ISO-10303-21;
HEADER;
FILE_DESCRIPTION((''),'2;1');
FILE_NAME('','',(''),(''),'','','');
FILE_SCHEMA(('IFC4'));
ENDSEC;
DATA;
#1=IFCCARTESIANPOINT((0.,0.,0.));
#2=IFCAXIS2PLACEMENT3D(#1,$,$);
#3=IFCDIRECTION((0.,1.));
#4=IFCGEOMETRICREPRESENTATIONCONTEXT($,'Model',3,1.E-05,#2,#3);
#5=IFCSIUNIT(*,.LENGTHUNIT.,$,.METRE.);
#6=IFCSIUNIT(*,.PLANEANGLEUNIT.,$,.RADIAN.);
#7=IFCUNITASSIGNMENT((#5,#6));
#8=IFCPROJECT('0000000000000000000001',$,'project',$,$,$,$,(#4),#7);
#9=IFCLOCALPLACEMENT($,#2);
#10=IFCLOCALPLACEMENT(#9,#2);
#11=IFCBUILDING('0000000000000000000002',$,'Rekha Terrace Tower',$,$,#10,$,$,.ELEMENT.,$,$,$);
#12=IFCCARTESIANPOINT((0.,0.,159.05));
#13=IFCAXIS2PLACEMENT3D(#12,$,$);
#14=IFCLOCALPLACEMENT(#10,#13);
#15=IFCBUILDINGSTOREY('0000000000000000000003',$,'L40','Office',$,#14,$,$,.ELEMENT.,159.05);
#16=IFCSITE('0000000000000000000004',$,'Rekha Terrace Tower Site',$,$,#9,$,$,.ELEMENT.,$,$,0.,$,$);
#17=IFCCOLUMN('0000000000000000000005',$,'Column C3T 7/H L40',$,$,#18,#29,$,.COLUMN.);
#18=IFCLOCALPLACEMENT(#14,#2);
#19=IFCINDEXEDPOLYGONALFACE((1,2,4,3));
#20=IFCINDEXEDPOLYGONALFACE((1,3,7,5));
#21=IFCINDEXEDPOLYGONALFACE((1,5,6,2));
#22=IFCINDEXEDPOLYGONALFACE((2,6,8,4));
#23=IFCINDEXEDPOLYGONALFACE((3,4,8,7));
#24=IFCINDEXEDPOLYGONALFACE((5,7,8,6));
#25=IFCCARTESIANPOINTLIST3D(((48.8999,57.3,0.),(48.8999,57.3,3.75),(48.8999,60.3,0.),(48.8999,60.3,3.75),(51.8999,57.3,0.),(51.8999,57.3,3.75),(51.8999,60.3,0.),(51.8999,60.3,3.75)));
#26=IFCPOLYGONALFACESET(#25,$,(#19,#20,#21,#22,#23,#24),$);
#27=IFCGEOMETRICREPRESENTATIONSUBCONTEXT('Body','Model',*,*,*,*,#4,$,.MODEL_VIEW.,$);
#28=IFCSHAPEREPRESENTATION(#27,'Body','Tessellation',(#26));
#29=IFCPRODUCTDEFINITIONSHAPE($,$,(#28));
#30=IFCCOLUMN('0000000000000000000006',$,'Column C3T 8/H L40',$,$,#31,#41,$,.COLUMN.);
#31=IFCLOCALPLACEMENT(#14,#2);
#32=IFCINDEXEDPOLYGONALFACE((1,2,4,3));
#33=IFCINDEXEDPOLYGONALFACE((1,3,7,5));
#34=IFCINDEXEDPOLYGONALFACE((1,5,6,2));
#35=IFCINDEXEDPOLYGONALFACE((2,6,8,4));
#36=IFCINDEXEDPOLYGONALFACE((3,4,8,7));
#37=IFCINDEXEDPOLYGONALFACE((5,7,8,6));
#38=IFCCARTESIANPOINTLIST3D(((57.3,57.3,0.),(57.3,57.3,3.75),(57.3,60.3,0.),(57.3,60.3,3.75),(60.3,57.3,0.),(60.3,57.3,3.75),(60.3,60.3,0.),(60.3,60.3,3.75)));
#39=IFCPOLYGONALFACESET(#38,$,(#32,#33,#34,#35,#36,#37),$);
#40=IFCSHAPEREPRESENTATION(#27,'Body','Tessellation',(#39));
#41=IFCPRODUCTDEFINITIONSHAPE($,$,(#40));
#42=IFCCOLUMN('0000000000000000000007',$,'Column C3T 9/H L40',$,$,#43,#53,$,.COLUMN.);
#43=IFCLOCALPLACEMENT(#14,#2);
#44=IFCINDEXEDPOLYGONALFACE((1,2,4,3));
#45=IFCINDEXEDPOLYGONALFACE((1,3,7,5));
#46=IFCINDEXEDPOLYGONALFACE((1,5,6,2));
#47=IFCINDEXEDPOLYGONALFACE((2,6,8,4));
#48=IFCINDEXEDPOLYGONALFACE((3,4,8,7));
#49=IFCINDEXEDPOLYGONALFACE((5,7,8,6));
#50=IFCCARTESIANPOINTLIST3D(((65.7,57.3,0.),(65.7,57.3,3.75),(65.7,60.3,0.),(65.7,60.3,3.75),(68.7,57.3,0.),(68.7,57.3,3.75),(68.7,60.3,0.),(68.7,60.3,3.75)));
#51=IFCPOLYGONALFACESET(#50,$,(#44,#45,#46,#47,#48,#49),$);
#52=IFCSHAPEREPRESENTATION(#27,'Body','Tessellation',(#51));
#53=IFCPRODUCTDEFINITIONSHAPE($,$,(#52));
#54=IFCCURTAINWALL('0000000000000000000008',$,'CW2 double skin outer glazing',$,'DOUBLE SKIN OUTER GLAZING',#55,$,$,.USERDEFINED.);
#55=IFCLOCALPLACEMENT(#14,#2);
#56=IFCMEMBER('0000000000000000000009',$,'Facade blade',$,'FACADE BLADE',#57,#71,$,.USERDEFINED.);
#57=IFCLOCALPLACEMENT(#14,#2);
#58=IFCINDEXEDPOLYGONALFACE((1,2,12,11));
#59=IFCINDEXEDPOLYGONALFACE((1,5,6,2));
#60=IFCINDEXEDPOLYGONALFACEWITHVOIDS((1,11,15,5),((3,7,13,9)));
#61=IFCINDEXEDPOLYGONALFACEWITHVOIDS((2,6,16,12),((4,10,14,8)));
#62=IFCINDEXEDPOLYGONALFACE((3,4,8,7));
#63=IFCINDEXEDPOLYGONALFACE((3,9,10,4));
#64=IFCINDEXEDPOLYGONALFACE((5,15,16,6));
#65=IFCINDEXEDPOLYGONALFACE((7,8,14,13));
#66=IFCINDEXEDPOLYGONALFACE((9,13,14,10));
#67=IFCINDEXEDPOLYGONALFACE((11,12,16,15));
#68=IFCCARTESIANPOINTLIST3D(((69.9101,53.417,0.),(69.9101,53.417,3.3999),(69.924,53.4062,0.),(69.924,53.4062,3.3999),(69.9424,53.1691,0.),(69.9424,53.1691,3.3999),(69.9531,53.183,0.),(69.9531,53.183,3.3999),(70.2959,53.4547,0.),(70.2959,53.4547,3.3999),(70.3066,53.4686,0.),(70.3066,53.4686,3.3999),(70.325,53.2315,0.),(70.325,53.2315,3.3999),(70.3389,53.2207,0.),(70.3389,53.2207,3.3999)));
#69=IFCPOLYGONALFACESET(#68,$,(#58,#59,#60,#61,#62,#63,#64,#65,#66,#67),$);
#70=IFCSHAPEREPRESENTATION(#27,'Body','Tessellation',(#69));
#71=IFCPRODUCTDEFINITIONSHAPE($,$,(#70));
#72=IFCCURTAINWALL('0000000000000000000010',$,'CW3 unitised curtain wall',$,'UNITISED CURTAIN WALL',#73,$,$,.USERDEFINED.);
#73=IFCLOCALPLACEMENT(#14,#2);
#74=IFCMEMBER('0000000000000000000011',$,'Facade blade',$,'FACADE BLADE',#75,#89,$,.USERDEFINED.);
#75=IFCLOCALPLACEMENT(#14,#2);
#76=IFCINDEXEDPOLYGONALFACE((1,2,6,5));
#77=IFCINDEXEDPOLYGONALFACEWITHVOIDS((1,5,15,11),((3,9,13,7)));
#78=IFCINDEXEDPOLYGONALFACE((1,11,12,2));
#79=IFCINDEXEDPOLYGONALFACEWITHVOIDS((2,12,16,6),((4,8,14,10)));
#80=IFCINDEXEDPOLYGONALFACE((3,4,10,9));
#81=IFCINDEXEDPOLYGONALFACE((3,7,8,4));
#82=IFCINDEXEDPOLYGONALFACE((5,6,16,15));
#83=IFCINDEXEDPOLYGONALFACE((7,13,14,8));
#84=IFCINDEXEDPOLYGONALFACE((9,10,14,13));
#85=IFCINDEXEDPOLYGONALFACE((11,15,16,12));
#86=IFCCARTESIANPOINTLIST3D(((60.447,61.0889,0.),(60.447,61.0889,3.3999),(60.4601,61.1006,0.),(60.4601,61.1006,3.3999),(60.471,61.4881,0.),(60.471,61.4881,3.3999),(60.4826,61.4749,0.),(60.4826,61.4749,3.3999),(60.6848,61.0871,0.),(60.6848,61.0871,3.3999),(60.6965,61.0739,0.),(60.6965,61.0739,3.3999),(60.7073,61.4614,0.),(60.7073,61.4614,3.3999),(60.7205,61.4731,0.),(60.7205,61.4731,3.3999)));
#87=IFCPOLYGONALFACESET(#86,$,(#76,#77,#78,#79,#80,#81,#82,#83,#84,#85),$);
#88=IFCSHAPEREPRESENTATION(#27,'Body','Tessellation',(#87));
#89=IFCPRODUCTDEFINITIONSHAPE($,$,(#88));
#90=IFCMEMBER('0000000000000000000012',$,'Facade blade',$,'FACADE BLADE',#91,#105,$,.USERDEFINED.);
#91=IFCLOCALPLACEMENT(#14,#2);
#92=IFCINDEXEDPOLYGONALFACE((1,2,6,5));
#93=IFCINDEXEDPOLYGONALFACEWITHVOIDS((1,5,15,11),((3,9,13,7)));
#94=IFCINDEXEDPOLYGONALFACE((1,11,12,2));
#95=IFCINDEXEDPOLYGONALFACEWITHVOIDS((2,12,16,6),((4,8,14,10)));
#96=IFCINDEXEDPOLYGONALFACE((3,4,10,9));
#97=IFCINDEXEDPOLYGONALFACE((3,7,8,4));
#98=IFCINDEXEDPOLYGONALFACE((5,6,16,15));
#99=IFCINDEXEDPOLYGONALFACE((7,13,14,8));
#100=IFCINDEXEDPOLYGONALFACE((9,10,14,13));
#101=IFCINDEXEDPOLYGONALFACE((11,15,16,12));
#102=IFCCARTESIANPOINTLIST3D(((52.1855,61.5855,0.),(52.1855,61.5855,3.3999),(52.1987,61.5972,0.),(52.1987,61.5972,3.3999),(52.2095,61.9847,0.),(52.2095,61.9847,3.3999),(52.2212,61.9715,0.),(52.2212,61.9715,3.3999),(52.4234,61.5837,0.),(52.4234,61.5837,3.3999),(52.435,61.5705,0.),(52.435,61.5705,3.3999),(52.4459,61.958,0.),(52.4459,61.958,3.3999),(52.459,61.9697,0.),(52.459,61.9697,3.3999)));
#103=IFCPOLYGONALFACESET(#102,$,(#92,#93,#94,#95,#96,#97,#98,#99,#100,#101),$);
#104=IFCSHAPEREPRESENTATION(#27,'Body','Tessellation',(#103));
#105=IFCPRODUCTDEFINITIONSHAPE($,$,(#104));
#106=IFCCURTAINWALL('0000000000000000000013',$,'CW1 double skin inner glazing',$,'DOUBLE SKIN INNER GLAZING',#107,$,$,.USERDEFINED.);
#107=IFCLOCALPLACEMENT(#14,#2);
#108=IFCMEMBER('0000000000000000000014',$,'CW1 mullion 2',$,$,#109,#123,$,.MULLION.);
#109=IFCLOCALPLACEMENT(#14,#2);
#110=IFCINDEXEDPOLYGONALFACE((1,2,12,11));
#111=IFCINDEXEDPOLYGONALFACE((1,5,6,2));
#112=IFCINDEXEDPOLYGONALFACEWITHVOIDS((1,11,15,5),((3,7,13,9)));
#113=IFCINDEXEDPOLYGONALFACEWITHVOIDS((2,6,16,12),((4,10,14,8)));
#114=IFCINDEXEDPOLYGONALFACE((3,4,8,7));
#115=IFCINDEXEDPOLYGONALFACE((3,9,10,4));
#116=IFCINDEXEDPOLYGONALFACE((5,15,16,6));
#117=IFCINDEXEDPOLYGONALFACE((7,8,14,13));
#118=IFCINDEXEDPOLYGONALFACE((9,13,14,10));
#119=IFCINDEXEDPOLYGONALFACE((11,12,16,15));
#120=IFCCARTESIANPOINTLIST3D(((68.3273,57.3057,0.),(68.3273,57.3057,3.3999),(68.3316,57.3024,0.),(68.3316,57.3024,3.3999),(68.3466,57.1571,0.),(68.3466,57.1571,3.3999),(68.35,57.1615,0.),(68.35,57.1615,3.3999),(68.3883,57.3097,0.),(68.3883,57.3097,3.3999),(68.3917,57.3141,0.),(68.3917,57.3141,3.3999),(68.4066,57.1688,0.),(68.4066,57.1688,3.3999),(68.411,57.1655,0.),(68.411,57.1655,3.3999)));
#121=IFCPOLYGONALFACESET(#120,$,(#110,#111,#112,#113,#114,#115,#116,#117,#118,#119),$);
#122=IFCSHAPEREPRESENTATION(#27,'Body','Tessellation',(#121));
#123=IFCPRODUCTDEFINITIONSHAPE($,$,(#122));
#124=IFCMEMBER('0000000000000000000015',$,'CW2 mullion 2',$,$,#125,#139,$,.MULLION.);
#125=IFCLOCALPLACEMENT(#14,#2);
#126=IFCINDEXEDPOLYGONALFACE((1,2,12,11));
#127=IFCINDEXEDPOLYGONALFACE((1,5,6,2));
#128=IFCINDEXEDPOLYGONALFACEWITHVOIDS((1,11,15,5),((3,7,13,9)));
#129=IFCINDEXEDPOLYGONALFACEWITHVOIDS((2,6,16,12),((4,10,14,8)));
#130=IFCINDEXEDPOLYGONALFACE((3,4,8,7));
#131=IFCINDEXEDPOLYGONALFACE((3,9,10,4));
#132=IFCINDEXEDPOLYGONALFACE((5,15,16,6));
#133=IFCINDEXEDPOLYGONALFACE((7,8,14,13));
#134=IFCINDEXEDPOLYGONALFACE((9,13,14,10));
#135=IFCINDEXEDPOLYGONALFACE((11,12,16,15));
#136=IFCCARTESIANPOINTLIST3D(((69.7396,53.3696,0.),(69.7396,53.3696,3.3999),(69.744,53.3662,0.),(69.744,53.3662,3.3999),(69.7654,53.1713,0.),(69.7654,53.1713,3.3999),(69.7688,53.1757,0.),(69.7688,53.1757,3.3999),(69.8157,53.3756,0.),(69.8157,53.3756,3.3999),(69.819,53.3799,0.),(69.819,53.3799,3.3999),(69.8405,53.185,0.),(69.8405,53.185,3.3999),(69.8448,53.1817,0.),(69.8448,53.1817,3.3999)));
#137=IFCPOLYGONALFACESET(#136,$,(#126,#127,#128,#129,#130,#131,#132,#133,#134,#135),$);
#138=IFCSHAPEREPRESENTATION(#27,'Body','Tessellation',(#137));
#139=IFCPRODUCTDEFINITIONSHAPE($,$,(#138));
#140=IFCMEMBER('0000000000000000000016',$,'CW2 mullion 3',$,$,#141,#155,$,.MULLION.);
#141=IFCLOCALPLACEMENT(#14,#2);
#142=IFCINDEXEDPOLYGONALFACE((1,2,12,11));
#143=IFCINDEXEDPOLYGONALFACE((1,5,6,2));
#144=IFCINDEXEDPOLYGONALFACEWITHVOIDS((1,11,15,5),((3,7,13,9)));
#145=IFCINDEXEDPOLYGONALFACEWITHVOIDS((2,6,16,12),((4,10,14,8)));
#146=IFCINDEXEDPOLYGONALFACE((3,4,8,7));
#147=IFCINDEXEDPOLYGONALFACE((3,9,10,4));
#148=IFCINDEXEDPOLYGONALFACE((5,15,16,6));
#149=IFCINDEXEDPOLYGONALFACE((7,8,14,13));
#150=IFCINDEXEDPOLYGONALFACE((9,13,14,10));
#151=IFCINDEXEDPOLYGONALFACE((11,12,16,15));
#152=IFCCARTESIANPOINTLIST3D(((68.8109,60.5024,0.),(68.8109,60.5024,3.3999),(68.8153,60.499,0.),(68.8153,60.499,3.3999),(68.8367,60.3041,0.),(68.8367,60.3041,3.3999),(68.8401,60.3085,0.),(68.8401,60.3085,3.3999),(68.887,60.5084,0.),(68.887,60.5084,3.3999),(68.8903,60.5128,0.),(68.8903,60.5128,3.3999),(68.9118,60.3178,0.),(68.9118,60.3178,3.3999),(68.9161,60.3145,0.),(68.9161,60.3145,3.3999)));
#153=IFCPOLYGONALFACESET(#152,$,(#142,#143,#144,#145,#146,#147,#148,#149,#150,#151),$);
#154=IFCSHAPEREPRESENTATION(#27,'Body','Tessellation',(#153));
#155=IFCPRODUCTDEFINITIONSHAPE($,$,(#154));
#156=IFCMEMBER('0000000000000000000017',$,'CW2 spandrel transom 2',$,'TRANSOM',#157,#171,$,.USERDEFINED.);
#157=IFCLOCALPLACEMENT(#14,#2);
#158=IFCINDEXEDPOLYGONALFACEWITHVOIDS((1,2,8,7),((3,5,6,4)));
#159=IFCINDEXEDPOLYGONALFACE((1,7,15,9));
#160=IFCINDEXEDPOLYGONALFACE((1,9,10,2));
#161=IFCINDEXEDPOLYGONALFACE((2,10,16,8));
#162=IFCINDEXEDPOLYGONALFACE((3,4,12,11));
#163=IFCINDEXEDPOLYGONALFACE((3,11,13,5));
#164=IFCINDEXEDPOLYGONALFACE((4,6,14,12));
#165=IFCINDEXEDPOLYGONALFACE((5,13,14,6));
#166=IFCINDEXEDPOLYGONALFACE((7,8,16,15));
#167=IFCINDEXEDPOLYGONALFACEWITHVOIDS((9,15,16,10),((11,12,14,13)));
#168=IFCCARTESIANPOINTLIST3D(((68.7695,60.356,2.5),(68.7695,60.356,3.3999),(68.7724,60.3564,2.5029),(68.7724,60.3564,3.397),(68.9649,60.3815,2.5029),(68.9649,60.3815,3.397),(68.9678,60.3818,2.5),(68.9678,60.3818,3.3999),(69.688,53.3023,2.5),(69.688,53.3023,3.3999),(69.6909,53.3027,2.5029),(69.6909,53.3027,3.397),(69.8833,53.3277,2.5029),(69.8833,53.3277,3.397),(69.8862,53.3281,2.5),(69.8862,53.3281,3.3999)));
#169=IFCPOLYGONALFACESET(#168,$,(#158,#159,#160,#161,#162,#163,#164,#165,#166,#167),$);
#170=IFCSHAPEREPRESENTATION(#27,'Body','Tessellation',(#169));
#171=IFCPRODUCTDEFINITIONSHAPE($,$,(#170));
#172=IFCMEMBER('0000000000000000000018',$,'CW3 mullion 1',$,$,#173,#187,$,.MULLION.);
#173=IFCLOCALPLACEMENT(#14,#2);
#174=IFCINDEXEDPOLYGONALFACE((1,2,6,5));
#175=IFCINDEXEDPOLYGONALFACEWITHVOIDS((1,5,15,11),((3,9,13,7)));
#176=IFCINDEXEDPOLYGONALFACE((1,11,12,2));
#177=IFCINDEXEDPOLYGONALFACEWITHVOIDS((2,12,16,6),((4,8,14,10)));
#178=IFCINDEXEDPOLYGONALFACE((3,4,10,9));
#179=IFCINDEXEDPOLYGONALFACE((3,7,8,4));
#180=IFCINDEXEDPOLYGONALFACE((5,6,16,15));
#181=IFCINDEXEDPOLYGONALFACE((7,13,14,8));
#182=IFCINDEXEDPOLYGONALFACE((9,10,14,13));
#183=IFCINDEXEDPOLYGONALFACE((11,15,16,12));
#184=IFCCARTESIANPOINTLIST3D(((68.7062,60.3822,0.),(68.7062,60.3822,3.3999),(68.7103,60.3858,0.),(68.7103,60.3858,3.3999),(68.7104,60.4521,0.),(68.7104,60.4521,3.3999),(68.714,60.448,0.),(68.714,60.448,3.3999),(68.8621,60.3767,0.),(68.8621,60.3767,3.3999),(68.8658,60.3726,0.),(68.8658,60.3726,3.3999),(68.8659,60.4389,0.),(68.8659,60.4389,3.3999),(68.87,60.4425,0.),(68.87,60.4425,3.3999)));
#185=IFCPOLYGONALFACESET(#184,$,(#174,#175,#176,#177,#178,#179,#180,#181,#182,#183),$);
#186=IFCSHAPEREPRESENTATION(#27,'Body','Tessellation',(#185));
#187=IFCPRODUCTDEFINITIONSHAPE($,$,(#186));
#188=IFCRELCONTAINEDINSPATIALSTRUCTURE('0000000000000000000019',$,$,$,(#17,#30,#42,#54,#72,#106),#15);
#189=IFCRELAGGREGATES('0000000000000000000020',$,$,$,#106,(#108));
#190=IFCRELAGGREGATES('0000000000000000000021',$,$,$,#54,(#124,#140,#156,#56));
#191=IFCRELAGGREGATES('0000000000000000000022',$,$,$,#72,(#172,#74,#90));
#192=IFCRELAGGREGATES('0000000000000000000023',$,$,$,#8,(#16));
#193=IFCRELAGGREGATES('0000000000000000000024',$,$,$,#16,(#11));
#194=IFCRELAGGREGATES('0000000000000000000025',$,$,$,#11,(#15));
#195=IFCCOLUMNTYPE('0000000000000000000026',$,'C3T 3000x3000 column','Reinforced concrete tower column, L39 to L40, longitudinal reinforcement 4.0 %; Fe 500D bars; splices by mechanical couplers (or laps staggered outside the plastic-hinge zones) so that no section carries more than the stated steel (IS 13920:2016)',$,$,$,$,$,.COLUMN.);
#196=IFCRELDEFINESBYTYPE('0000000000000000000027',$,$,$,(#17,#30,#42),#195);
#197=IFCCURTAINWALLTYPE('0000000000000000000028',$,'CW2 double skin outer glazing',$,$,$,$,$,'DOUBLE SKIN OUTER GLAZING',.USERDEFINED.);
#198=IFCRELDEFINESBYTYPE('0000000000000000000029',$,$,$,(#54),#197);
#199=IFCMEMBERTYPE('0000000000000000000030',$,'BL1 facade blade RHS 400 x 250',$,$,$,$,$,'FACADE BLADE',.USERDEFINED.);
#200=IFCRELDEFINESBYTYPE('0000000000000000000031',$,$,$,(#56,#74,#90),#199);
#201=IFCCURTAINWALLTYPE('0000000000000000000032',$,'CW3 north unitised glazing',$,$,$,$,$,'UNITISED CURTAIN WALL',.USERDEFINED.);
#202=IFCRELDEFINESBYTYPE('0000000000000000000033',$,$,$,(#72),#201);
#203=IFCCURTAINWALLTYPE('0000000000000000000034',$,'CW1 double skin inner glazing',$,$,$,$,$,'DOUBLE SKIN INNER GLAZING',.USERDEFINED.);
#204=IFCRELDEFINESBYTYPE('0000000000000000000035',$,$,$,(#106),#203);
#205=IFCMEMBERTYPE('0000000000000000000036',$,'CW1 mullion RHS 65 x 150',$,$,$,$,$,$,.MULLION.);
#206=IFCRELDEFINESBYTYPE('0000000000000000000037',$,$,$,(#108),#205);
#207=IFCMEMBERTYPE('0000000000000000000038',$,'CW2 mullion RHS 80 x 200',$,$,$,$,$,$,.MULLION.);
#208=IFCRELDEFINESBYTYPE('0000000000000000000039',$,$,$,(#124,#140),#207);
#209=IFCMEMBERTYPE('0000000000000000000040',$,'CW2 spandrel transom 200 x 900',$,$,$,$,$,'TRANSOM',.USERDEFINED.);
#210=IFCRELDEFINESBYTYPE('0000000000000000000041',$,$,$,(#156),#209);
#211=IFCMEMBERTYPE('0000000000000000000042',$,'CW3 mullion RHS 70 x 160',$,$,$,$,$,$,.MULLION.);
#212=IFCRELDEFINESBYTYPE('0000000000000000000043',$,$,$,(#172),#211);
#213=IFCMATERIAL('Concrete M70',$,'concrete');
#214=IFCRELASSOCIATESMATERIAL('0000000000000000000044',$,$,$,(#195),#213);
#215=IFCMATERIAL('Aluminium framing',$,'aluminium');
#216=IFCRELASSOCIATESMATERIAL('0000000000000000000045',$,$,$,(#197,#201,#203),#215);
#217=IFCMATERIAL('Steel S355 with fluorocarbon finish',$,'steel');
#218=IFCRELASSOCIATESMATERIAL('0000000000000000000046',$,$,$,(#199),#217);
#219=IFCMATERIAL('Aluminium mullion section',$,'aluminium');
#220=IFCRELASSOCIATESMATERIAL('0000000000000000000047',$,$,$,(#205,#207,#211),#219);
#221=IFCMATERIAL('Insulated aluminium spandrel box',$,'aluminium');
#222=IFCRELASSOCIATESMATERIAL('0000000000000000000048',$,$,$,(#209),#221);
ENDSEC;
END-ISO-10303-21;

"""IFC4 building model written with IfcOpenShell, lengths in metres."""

from ifc_helpers import new_model, si_unit, direction, frame, origin, origin_2d, place, context, subcontext, project, spatial, rectangle, hollow_rectangle, extrude, material, material_profile, profile_set, type_object, element, aggregate, save


model = new_model("IFC4")

# Units and contexts
model_context = context("Model", 3, precision=1e-05, world=origin(), true_north=direction((0.0, 1.0)))
body_context = subcontext(model_context, "Body", "Model", "MODEL_VIEW")
ifc_project = project(units=[si_unit("LENGTHUNIT", "METRE"), si_unit("PLANEANGLEUNIT", "RADIAN")], contexts=[model_context])

# Site, building, storey
site_placement = place(None, origin())
site = spatial("IfcSite", under=ifc_project, at=site_placement, Name="Rekha Terrace Tower Site", CompositionType="ELEMENT", RefElevation=0.0)
building_placement = place(site_placement, origin())
building = spatial("IfcBuilding", under=site, at=building_placement, Name="Rekha Terrace Tower", CompositionType="ELEMENT")
storey_placement = place(building_placement, frame((0.0, 0.0, 159.05)))
storey = spatial("IfcBuildingStorey", under=building, at=storey_placement, Name="L40", Description="Office", CompositionType="ELEMENT", Elevation=159.05)

# Columns
ifc_material_1 = material(Name="Concrete M70", Category="concrete")
ifc_material_profile_1 = material_profile(ifc_material_1, rectangle(XDim=3.0, YDim=3.0, at=origin_2d()), Name="RC 3000x3000")
ifc_profile_set_1 = profile_set([ifc_material_profile_1], Name="Concrete M70")
column_type = type_object("IfcColumnType", Name="C3T 3000x3000 column", Description="Reinforced concrete tower column, L39 to L40, longitudinal reinforcement 4.0 %; Fe 500D bars; splices by mechanical couplers (or laps staggered outside the plastic-hinge zones) so that no section carries more than the stated steel (IS 13920:2016)", PredefinedType="COLUMN", material=ifc_profile_set_1)
for number, where, z_axis, x_axis, name in (
    (1, (50.3999, 58.8, 0.0), (0.0, 0.0, 1.0), (1.0, 0.0, 0.0), "Column C3T 7/H L40"),
    (2, (58.8, 58.8, 0.0), (0.0, 0.0, 1.0), (1.0, 0.0, 0.0), "Column C3T 8/H L40"),
    (3, (67.2, 58.8, 0.0), (0.0, 0.0, 1.0), (1.0, 0.0, 0.0), "Column C3T 9/H L40"),
):
    element("IfcColumn", number, at=place(storey_placement, frame(where, z_axis=z_axis, x_axis=x_axis)), inside=storey, type_object=column_type, Name=name, PredefinedType="COLUMN", context=body_context, shape_type="SweptSolid", body=[
        extrude(rectangle(XDim=3.0, YDim=3.0, at=origin_2d()), origin(), (0.0, 0.0, 1.0), 3.75),
    ])

# Curtain wall, member
ifc_material_2 = material(Name="Aluminium framing", Category="aluminium")
curtain_wall_type_1 = type_object("IfcCurtainWallType", Name="CW2 double skin outer glazing", ElementType="DOUBLE SKIN OUTER GLAZING", PredefinedType="USERDEFINED", material=ifc_material_2)
curtain_wall_1_placement = place(storey_placement, origin())
curtain_wall_1 = element("IfcCurtainWall", 4, at=curtain_wall_1_placement, inside=storey, type_object=curtain_wall_type_1, Name="CW2 double skin outer glazing", ObjectType="DOUBLE SKIN OUTER GLAZING", PredefinedType="USERDEFINED")
ifc_material_3 = material(Name="Steel S355 with fluorocarbon finish", Category="steel")
ifc_material_profile_2 = material_profile(ifc_material_3, hollow_rectangle(XDim=0.25, YDim=0.3999, WallThickness=0.0125, at=origin_2d()), Name="RHS400x250x12.5")
ifc_profile_set_2 = profile_set([ifc_material_profile_2], Name="Steel S355 with fluorocarbon finish")
member_type_1 = type_object("IfcMemberType", Name="BL1 facade blade RHS 400 x 250", ElementType="FACADE BLADE", PredefinedType="USERDEFINED", material=ifc_profile_set_2)
member_1_placement = place(storey_placement, frame((70.1245, 53.3188, 0.0), z_axis=(0.0, 0.0, 1.0), x_axis=(-0.129119, 0.991629, 0.0)))
member_1 = element("IfcMember", 5, at=member_1_placement, type_object=member_type_1, Name="Facade blade", ObjectType="FACADE BLADE", PredefinedType="USERDEFINED", context=body_context, shape_type="SweptSolid", body=[
    extrude(hollow_rectangle(XDim=0.25, YDim=0.3999, WallThickness=0.0125, at=origin_2d()), origin(), (0.0, 0.0, 1.0), 3.3999),
])

# Curtain wall, members
curtain_wall_type_2 = type_object("IfcCurtainWallType", Name="CW3 north unitised glazing", ElementType="UNITISED CURTAIN WALL", PredefinedType="USERDEFINED", material=ifc_material_2)
curtain_wall_2_placement = place(storey_placement, origin())
curtain_wall_2 = element("IfcCurtainWall", 6, at=curtain_wall_2_placement, inside=storey, type_object=curtain_wall_type_2, Name="CW3 unitised curtain wall", ObjectType="UNITISED CURTAIN WALL", PredefinedType="USERDEFINED")
member_2_placement = place(storey_placement, frame((60.5837, 61.281, 0.0), z_axis=(0.0, 0.0, 1.0), x_axis=(-0.998199, 0.059988, 0.0)))
member_2 = element("IfcMember", 7, at=member_2_placement, type_object=member_type_1, Name="Facade blade", ObjectType="FACADE BLADE", PredefinedType="USERDEFINED", context=body_context, shape_type="SweptSolid", body=[
    extrude(hollow_rectangle(XDim=0.25, YDim=0.3999, WallThickness=0.0125, at=origin_2d()), origin(), (0.0, 0.0, 1.0), 3.3999),
])
member_3_placement = place(storey_placement, frame((52.3223, 61.7776, 0.0), z_axis=(0.0, 0.0, 1.0), x_axis=(-0.998199, 0.059988, 0.0)))
member_3 = element("IfcMember", 8, at=member_3_placement, type_object=member_type_1, Name="Facade blade", ObjectType="FACADE BLADE", PredefinedType="USERDEFINED", context=body_context, shape_type="SweptSolid", body=[
    extrude(hollow_rectangle(XDim=0.25, YDim=0.3999, WallThickness=0.0125, at=origin_2d()), origin(), (0.0, 0.0, 1.0), 3.3999),
])

# Curtain wall, member
curtain_wall_type_3 = type_object("IfcCurtainWallType", Name="CW1 double skin inner glazing", ElementType="DOUBLE SKIN INNER GLAZING", PredefinedType="USERDEFINED", material=ifc_material_2)
curtain_wall_3_placement = place(storey_placement, origin())
curtain_wall_3 = element("IfcCurtainWall", 9, at=curtain_wall_3_placement, inside=storey, type_object=curtain_wall_type_3, Name="CW1 double skin inner glazing", ObjectType="DOUBLE SKIN INNER GLAZING", PredefinedType="USERDEFINED")
ifc_material_4 = material(Name="Aluminium mullion section", Category="aluminium")
ifc_material_profile_3 = material_profile(ifc_material_4, hollow_rectangle(XDim=0.0649, YDim=0.1499, WallThickness=0.0039, at=origin_2d()), Name="AL RHS 65x150")
ifc_profile_set_3 = profile_set([ifc_material_profile_3], Name="Aluminium mullion section")
member_type_2 = type_object("IfcMemberType", Name="CW1 mullion RHS 65 x 150", PredefinedType="MULLION", material=ifc_profile_set_3)
member_4_placement = place(storey_placement, frame((68.3691, 57.2356, 0.0), z_axis=(0.0, 0.0, 1.0), x_axis=(-0.991629, -0.129118, 0.0)))
member_4 = element("IfcMember", 10, at=member_4_placement, type_object=member_type_2, Name="CW1 mullion 2", PredefinedType="MULLION", context=body_context, shape_type="SweptSolid", body=[
    extrude(hollow_rectangle(XDim=0.0649, YDim=0.1499, WallThickness=0.0039, at=origin_2d()), origin(), (0.0, 0.0, 1.0), 3.3999),
])

# Members
ifc_material_profile_4 = material_profile(ifc_material_4, hollow_rectangle(XDim=0.0801, YDim=0.2, WallThickness=0.0039, at=origin_2d()), Name="AL RHS 80x200")
ifc_profile_set_4 = profile_set([ifc_material_profile_4], Name="Aluminium mullion section")
member_type_3 = type_object("IfcMemberType", Name="CW2 mullion RHS 80 x 200", PredefinedType="MULLION", material=ifc_profile_set_4)
member_5_placement = place(storey_placement, frame((69.7922, 53.2756, 0.0), z_axis=(0.0, 0.0, 1.0), x_axis=(-0.991629, -0.129118, 0.0)))
member_5 = element("IfcMember", 11, at=member_5_placement, type_object=member_type_3, Name="CW2 mullion 2", PredefinedType="MULLION", context=body_context, shape_type="SweptSolid", body=[
    extrude(hollow_rectangle(XDim=0.0801, YDim=0.2, WallThickness=0.0039, at=origin_2d()), origin(), (0.0, 0.0, 1.0), 3.3999),
])
member_6_placement = place(storey_placement, frame((68.8635, 60.4084, 0.0), z_axis=(0.0, 0.0, 1.0), x_axis=(-0.991629, -0.129118, 0.0)))
member_6 = element("IfcMember", 12, at=member_6_placement, type_object=member_type_3, Name="CW2 mullion 3", PredefinedType="MULLION", context=body_context, shape_type="SweptSolid", body=[
    extrude(hollow_rectangle(XDim=0.0801, YDim=0.2, WallThickness=0.0039, at=origin_2d()), origin(), (0.0, 0.0, 1.0), 3.3999),
])
ifc_material_5 = material(Name="Insulated aluminium spandrel box", Category="aluminium")
ifc_material_profile_5 = material_profile(ifc_material_5, hollow_rectangle(XDim=0.2, YDim=0.8999, WallThickness=0.0029, at=origin_2d()), Name="AL SPANDREL BOX 200x900")
ifc_profile_set_5 = profile_set([ifc_material_profile_5], Name="Insulated aluminium spandrel box")
member_type_4 = type_object("IfcMemberType", Name="CW2 spandrel transom 200 x 900", ElementType="TRANSOM", PredefinedType="USERDEFINED", material=ifc_profile_set_5)
member_7_placement = place(storey_placement, frame((69.7871, 53.3152, 2.95), z_axis=(-0.129119, 0.991629, 0.0), x_axis=(-0.991629, -0.129119, 0.0)))
member_7 = element("IfcMember", 13, at=member_7_placement, type_object=member_type_4, Name="CW2 spandrel transom 2", ObjectType="TRANSOM", PredefinedType="USERDEFINED", context=body_context, shape_type="SweptSolid", body=[
    extrude(hollow_rectangle(XDim=0.2, YDim=0.8999, WallThickness=0.0029, at=origin_2d()), origin(), (0.0, 0.0, 1.0), 7.1133),
])
ifc_material_profile_6 = material_profile(ifc_material_4, hollow_rectangle(XDim=0.0701, YDim=0.1599, WallThickness=0.0039, at=origin_2d()), Name="AL RHS 70x160")
ifc_profile_set_6 = profile_set([ifc_material_profile_6], Name="Aluminium mullion section")
member_type_5 = type_object("IfcMemberType", Name="CW3 mullion RHS 70 x 160", PredefinedType="MULLION", material=ifc_profile_set_6)
member_8_placement = place(storey_placement, frame((68.7881, 60.4124, 0.0), z_axis=(0.0, 0.0, 1.0), x_axis=(-0.059988, -0.998199, 0.0)))
member_8 = element("IfcMember", 14, at=member_8_placement, type_object=member_type_5, Name="CW3 mullion 1", PredefinedType="MULLION", context=body_context, shape_type="SweptSolid", body=[
    extrude(hollow_rectangle(XDim=0.0701, YDim=0.1599, WallThickness=0.0039, at=origin_2d()), origin(), (0.0, 0.0, 1.0), 3.3999),
])

aggregate(curtain_wall_3, [member_4])
aggregate(curtain_wall_1, [member_5, member_6, member_7, member_1])
aggregate(curtain_wall_2, [member_8, member_2, member_3])

save(model, "model.ifc")
